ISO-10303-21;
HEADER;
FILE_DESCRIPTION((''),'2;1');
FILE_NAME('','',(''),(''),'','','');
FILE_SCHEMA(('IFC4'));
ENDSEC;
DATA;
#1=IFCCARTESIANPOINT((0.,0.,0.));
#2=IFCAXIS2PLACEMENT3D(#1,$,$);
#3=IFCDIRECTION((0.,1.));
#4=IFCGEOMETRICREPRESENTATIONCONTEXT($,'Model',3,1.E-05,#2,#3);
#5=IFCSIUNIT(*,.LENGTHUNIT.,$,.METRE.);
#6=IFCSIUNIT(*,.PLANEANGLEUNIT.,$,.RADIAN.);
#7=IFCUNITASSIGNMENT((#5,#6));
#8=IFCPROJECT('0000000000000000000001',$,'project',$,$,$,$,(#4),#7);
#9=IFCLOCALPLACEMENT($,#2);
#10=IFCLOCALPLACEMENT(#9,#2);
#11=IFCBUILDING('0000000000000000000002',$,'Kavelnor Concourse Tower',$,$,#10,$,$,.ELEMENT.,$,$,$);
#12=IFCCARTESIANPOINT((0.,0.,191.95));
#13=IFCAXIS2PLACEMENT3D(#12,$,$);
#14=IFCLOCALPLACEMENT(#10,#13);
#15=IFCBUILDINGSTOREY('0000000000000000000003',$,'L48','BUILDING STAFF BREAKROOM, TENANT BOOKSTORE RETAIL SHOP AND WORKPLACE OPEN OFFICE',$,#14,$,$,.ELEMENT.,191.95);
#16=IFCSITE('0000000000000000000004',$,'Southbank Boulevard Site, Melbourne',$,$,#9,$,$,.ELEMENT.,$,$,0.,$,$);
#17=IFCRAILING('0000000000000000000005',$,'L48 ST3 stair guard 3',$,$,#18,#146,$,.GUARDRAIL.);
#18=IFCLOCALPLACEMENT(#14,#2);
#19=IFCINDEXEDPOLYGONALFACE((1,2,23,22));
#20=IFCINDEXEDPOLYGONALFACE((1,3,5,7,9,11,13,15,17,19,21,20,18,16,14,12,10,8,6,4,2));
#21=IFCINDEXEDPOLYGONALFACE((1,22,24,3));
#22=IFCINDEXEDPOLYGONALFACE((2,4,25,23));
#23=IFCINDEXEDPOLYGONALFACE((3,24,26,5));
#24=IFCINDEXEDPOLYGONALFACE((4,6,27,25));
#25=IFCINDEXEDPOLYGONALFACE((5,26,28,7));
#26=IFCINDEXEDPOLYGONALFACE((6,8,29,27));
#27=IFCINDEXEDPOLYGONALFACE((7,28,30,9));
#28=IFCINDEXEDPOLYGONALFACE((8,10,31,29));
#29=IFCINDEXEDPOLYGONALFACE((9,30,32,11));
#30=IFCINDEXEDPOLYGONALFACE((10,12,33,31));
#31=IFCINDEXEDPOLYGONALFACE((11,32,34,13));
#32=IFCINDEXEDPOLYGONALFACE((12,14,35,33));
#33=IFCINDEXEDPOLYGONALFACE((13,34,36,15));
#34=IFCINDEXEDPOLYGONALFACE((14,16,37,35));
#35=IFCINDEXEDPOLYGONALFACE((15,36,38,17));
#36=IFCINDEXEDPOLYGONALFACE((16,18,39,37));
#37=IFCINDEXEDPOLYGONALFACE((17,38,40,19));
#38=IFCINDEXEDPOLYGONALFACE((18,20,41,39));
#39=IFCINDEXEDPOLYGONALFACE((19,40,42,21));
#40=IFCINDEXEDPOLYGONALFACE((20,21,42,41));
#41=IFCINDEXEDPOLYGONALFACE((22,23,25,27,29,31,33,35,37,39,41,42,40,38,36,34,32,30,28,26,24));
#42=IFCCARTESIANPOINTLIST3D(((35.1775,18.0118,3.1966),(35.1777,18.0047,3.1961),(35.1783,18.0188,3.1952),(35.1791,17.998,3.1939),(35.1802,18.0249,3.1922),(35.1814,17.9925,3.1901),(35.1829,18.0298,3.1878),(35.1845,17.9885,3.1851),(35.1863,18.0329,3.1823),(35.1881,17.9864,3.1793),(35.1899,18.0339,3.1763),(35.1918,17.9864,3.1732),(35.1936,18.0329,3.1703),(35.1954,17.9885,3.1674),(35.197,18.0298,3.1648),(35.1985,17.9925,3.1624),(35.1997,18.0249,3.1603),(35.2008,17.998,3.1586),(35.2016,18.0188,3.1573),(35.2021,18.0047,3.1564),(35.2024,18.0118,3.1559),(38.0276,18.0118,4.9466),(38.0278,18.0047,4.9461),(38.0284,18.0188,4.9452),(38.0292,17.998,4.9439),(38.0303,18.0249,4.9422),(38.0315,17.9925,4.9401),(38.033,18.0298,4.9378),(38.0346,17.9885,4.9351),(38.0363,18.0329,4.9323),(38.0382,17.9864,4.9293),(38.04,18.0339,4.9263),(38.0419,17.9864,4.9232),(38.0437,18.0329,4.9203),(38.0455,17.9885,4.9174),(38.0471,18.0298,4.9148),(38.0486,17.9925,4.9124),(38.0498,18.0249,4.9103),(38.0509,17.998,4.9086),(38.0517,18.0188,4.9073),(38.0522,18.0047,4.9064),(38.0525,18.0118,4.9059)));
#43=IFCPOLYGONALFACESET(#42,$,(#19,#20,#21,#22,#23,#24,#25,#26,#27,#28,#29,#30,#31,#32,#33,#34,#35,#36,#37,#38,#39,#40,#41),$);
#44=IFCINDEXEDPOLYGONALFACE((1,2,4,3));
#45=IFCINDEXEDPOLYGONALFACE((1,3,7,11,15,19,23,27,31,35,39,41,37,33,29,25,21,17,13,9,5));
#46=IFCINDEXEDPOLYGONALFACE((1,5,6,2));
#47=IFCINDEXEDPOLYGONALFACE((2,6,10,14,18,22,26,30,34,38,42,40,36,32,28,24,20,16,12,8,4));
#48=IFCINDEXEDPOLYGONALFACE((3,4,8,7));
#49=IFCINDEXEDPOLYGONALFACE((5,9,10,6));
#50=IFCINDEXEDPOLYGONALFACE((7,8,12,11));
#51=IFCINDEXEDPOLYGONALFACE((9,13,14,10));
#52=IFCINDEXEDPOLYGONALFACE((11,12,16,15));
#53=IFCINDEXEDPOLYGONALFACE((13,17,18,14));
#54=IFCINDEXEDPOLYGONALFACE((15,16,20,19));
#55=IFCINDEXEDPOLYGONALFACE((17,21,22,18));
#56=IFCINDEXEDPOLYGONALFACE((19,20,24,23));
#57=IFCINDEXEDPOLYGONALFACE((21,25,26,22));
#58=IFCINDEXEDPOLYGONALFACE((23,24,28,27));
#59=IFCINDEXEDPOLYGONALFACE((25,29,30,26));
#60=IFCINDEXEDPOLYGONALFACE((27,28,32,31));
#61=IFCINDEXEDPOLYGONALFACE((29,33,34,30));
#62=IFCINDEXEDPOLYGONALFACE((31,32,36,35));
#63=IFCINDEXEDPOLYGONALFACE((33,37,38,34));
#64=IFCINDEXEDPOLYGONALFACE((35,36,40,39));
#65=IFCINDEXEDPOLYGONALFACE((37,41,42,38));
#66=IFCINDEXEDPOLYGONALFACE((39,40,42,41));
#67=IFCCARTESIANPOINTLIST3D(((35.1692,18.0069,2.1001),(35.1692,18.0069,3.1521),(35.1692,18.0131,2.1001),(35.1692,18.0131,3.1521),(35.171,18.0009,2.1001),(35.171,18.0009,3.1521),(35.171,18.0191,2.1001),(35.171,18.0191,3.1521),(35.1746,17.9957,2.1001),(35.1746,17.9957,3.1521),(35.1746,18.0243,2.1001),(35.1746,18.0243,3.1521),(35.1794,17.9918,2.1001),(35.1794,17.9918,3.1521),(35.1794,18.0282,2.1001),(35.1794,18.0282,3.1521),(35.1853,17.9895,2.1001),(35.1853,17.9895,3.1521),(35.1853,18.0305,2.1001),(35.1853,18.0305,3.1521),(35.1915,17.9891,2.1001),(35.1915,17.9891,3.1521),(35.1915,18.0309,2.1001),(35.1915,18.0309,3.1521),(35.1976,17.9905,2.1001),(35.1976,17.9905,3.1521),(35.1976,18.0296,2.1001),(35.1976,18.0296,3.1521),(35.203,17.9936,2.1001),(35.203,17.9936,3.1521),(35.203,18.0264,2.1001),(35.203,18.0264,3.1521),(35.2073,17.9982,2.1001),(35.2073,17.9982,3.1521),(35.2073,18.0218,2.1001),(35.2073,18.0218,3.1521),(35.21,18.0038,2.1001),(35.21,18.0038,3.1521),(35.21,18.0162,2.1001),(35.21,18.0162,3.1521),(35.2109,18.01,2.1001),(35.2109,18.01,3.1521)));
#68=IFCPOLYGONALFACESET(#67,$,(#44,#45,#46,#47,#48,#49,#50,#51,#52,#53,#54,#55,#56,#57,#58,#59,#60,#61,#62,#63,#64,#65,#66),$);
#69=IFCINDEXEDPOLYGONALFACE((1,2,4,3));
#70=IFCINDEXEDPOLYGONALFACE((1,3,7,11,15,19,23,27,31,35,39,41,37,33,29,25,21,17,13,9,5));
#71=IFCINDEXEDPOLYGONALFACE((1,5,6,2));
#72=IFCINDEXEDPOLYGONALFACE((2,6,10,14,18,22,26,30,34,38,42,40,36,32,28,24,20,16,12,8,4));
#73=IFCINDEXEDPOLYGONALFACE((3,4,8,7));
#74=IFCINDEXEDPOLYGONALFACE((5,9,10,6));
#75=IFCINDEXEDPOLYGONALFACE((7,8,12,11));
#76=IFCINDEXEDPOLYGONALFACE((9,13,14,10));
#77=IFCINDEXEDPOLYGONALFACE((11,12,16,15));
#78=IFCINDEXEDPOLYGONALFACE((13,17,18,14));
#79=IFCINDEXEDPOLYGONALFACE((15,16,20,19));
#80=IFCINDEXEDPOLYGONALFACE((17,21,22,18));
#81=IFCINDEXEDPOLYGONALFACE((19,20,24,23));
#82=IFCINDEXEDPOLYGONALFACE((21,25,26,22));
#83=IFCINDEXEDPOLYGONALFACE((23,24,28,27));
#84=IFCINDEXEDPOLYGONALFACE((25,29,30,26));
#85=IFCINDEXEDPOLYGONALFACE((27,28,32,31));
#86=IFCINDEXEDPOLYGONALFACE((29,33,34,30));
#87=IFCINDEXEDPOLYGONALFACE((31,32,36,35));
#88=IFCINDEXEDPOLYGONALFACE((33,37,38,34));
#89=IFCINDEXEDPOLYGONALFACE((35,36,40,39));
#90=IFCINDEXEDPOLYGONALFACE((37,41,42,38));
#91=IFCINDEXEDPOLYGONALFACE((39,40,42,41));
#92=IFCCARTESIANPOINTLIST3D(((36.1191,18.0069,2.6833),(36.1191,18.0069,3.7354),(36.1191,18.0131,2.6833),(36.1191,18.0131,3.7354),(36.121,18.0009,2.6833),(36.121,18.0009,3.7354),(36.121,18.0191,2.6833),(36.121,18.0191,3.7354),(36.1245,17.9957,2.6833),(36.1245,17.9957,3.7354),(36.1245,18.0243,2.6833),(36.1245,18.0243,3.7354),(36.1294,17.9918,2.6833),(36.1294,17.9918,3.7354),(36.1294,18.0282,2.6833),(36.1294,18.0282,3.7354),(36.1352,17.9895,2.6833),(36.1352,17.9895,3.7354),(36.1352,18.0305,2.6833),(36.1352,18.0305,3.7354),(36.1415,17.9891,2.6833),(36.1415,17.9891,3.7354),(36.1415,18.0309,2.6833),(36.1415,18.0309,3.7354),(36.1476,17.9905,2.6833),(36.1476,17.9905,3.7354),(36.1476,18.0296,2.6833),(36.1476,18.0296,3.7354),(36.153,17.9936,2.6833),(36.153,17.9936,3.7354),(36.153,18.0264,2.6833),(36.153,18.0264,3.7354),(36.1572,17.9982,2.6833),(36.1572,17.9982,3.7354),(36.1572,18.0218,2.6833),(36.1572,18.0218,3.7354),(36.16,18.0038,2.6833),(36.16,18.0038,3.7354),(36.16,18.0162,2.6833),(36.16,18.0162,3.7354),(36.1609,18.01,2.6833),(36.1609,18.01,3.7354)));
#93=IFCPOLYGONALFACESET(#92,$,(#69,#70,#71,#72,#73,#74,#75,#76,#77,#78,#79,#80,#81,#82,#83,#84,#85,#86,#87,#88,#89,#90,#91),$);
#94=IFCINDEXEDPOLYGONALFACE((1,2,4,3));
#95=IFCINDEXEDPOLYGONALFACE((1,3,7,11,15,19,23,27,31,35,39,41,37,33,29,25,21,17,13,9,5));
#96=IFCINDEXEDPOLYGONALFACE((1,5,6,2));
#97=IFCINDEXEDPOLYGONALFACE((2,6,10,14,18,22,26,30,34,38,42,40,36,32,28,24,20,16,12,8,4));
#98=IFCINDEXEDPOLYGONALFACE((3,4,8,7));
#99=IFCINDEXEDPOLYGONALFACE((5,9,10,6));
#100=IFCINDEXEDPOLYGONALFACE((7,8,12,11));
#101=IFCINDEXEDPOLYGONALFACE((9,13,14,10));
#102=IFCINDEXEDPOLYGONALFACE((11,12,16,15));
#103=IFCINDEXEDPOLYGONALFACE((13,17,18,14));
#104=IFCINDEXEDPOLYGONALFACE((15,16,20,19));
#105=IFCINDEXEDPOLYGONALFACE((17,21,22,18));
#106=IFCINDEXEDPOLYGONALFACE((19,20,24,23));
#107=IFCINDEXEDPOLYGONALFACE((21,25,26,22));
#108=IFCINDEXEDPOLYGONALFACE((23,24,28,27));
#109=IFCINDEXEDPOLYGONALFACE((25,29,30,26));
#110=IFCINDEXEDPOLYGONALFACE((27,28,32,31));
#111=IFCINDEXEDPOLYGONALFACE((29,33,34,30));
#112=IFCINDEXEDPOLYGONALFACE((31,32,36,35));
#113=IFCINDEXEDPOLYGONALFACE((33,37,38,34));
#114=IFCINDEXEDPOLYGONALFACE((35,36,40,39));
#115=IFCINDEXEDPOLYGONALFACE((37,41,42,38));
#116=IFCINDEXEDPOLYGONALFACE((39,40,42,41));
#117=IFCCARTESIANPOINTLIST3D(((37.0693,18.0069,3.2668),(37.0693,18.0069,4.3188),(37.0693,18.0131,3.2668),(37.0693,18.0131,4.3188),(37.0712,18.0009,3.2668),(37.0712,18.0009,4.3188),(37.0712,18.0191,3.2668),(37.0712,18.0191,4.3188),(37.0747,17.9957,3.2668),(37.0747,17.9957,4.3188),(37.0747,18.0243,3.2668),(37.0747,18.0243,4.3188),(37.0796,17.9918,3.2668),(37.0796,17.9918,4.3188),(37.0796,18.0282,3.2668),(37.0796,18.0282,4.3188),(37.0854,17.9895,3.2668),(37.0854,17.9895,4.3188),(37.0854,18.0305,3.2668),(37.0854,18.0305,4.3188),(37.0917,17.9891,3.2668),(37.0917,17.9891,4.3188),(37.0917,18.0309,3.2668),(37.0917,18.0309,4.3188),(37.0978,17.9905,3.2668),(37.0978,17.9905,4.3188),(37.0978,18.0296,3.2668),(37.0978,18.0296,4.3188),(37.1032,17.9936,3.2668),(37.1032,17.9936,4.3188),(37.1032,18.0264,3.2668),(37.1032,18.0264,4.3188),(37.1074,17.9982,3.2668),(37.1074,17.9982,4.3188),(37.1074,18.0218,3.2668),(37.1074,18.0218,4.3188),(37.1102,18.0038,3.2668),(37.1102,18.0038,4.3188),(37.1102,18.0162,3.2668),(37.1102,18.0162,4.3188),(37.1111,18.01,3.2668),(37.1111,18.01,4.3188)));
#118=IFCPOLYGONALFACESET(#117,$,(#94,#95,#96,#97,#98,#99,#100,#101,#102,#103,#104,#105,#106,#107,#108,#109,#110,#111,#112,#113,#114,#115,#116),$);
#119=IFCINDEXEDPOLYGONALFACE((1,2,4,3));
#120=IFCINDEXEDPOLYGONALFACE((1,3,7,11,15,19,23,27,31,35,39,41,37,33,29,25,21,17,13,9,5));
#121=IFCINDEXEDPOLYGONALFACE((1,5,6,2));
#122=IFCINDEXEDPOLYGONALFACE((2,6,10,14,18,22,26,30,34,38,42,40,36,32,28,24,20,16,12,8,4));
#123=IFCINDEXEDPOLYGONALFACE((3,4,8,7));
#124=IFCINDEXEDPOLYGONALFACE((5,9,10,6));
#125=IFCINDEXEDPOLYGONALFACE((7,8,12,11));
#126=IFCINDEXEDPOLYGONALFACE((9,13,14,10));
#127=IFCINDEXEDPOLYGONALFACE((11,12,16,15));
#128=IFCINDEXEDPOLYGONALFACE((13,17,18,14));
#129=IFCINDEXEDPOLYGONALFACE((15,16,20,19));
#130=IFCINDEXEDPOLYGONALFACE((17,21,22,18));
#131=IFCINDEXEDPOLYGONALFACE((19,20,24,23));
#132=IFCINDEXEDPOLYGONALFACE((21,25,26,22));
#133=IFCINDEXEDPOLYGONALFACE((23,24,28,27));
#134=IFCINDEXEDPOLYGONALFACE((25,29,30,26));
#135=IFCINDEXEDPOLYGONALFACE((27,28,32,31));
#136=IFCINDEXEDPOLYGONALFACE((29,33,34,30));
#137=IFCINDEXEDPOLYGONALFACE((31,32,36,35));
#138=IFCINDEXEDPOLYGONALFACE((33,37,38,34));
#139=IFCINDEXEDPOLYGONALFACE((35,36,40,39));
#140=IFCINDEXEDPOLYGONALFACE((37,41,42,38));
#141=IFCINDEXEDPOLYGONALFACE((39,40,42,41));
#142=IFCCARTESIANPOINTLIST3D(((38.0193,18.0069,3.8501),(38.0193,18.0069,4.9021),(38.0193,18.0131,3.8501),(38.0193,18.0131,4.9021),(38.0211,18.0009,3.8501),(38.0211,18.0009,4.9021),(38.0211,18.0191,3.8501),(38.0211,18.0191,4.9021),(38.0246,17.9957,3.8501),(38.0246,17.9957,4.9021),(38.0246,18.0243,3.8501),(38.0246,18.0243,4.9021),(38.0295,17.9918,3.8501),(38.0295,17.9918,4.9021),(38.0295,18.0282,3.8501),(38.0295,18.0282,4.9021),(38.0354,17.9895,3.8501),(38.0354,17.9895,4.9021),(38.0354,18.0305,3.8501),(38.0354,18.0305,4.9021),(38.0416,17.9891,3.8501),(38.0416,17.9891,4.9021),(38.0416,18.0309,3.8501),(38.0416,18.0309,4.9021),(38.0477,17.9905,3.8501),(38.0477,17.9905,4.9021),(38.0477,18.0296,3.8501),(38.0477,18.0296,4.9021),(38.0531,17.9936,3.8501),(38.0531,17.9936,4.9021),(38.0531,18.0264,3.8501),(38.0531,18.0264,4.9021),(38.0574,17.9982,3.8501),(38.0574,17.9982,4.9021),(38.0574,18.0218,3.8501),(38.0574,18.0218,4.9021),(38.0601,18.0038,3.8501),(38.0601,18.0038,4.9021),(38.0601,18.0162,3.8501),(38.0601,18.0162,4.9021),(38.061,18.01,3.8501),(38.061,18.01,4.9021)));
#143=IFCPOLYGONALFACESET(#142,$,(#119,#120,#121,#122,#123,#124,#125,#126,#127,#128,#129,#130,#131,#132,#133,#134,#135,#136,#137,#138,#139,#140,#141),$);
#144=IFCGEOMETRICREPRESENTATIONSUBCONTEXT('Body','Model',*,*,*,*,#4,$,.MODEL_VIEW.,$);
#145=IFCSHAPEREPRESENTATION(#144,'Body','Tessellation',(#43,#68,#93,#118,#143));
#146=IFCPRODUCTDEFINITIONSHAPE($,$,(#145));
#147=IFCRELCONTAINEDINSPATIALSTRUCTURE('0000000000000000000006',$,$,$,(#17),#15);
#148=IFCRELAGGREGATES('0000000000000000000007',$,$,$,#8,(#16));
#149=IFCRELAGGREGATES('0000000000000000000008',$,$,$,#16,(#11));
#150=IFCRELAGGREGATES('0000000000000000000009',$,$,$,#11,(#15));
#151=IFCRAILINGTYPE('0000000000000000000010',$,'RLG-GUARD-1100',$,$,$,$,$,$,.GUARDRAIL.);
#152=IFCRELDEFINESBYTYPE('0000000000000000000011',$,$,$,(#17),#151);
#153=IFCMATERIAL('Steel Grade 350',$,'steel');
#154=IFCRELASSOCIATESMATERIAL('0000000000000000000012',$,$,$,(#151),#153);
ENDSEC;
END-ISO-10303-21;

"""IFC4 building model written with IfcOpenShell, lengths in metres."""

from ifc_helpers import new_model, si_unit, direction, frame, origin, origin_2d, place, context, subcontext, project, spatial, circle, extrude, material, type_object, element, save


model = new_model("IFC4")

# Units and contexts
model_context = context("Model", 3, precision=1e-05, world=origin(), true_north=direction((0.0, 1.0)))
body_context = subcontext(model_context, "Body", "Model", "MODEL_VIEW")
ifc_project = project(units=[si_unit("LENGTHUNIT", "METRE"), si_unit("PLANEANGLEUNIT", "RADIAN")], contexts=[model_context])

# Site, building, storey
site_placement = place(None, origin())
site = spatial("IfcSite", under=ifc_project, at=site_placement, Name="Southbank Boulevard Site, Melbourne", CompositionType="ELEMENT", RefElevation=0.0)
building_placement = place(site_placement, origin())
building = spatial("IfcBuilding", under=site, at=building_placement, Name="Kavelnor Concourse Tower", CompositionType="ELEMENT")
storey_placement = place(building_placement, frame((0.0, 0.0, 191.95)))
storey = spatial("IfcBuildingStorey", under=building, at=storey_placement, Name="L48", Description="BUILDING STAFF BREAKROOM, TENANT BOOKSTORE RETAIL SHOP AND WORKPLACE OPEN OFFICE", CompositionType="ELEMENT", Elevation=191.95)

# Shared definitions
ifc_material_1 = material(Name="Steel Grade 350", Category="steel")

# Railing
railing_type = type_object("IfcRailingType", Name="RLG-GUARD-1100", PredefinedType="GUARDRAIL", material=ifc_material_1)
railing_1_placement = place(storey_placement, frame((35.1899, 18.01, 2.1001)))
element("IfcRailing", 1, at=railing_1_placement, inside=storey, type_object=railing_type, Name="L48 ST3 stair guard 3", PredefinedType="GUARDRAIL", context=body_context, shape_type="SweptSolid", body=[
    extrude(circle(Radius=0.0239, at=origin_2d()), frame((0.0, 0.0, 1.0762), z_axis=(0.852179, 0.0, 0.52325), x_axis=(0.0, 1.0, 0.0)), (0.0, 0.0, 1.0), 3.3445),
    extrude(circle(Radius=0.021, at=origin_2d()), origin(), (0.0, 0.0, 1.0), 1.052),
    extrude(circle(Radius=0.021, at=origin_2d()), frame((0.95, 0.0, 0.5833)), (0.0, 0.0, 1.0), 1.052),
    extrude(circle(Radius=0.021, at=origin_2d()), frame((1.9001, 0.0, 1.1667)), (0.0, 0.0, 1.0), 1.052),
    extrude(circle(Radius=0.021, at=origin_2d()), frame((2.8501, 0.0, 1.75)), (0.0, 0.0, 1.0), 1.052),
])

save(model, "model.ifc")
